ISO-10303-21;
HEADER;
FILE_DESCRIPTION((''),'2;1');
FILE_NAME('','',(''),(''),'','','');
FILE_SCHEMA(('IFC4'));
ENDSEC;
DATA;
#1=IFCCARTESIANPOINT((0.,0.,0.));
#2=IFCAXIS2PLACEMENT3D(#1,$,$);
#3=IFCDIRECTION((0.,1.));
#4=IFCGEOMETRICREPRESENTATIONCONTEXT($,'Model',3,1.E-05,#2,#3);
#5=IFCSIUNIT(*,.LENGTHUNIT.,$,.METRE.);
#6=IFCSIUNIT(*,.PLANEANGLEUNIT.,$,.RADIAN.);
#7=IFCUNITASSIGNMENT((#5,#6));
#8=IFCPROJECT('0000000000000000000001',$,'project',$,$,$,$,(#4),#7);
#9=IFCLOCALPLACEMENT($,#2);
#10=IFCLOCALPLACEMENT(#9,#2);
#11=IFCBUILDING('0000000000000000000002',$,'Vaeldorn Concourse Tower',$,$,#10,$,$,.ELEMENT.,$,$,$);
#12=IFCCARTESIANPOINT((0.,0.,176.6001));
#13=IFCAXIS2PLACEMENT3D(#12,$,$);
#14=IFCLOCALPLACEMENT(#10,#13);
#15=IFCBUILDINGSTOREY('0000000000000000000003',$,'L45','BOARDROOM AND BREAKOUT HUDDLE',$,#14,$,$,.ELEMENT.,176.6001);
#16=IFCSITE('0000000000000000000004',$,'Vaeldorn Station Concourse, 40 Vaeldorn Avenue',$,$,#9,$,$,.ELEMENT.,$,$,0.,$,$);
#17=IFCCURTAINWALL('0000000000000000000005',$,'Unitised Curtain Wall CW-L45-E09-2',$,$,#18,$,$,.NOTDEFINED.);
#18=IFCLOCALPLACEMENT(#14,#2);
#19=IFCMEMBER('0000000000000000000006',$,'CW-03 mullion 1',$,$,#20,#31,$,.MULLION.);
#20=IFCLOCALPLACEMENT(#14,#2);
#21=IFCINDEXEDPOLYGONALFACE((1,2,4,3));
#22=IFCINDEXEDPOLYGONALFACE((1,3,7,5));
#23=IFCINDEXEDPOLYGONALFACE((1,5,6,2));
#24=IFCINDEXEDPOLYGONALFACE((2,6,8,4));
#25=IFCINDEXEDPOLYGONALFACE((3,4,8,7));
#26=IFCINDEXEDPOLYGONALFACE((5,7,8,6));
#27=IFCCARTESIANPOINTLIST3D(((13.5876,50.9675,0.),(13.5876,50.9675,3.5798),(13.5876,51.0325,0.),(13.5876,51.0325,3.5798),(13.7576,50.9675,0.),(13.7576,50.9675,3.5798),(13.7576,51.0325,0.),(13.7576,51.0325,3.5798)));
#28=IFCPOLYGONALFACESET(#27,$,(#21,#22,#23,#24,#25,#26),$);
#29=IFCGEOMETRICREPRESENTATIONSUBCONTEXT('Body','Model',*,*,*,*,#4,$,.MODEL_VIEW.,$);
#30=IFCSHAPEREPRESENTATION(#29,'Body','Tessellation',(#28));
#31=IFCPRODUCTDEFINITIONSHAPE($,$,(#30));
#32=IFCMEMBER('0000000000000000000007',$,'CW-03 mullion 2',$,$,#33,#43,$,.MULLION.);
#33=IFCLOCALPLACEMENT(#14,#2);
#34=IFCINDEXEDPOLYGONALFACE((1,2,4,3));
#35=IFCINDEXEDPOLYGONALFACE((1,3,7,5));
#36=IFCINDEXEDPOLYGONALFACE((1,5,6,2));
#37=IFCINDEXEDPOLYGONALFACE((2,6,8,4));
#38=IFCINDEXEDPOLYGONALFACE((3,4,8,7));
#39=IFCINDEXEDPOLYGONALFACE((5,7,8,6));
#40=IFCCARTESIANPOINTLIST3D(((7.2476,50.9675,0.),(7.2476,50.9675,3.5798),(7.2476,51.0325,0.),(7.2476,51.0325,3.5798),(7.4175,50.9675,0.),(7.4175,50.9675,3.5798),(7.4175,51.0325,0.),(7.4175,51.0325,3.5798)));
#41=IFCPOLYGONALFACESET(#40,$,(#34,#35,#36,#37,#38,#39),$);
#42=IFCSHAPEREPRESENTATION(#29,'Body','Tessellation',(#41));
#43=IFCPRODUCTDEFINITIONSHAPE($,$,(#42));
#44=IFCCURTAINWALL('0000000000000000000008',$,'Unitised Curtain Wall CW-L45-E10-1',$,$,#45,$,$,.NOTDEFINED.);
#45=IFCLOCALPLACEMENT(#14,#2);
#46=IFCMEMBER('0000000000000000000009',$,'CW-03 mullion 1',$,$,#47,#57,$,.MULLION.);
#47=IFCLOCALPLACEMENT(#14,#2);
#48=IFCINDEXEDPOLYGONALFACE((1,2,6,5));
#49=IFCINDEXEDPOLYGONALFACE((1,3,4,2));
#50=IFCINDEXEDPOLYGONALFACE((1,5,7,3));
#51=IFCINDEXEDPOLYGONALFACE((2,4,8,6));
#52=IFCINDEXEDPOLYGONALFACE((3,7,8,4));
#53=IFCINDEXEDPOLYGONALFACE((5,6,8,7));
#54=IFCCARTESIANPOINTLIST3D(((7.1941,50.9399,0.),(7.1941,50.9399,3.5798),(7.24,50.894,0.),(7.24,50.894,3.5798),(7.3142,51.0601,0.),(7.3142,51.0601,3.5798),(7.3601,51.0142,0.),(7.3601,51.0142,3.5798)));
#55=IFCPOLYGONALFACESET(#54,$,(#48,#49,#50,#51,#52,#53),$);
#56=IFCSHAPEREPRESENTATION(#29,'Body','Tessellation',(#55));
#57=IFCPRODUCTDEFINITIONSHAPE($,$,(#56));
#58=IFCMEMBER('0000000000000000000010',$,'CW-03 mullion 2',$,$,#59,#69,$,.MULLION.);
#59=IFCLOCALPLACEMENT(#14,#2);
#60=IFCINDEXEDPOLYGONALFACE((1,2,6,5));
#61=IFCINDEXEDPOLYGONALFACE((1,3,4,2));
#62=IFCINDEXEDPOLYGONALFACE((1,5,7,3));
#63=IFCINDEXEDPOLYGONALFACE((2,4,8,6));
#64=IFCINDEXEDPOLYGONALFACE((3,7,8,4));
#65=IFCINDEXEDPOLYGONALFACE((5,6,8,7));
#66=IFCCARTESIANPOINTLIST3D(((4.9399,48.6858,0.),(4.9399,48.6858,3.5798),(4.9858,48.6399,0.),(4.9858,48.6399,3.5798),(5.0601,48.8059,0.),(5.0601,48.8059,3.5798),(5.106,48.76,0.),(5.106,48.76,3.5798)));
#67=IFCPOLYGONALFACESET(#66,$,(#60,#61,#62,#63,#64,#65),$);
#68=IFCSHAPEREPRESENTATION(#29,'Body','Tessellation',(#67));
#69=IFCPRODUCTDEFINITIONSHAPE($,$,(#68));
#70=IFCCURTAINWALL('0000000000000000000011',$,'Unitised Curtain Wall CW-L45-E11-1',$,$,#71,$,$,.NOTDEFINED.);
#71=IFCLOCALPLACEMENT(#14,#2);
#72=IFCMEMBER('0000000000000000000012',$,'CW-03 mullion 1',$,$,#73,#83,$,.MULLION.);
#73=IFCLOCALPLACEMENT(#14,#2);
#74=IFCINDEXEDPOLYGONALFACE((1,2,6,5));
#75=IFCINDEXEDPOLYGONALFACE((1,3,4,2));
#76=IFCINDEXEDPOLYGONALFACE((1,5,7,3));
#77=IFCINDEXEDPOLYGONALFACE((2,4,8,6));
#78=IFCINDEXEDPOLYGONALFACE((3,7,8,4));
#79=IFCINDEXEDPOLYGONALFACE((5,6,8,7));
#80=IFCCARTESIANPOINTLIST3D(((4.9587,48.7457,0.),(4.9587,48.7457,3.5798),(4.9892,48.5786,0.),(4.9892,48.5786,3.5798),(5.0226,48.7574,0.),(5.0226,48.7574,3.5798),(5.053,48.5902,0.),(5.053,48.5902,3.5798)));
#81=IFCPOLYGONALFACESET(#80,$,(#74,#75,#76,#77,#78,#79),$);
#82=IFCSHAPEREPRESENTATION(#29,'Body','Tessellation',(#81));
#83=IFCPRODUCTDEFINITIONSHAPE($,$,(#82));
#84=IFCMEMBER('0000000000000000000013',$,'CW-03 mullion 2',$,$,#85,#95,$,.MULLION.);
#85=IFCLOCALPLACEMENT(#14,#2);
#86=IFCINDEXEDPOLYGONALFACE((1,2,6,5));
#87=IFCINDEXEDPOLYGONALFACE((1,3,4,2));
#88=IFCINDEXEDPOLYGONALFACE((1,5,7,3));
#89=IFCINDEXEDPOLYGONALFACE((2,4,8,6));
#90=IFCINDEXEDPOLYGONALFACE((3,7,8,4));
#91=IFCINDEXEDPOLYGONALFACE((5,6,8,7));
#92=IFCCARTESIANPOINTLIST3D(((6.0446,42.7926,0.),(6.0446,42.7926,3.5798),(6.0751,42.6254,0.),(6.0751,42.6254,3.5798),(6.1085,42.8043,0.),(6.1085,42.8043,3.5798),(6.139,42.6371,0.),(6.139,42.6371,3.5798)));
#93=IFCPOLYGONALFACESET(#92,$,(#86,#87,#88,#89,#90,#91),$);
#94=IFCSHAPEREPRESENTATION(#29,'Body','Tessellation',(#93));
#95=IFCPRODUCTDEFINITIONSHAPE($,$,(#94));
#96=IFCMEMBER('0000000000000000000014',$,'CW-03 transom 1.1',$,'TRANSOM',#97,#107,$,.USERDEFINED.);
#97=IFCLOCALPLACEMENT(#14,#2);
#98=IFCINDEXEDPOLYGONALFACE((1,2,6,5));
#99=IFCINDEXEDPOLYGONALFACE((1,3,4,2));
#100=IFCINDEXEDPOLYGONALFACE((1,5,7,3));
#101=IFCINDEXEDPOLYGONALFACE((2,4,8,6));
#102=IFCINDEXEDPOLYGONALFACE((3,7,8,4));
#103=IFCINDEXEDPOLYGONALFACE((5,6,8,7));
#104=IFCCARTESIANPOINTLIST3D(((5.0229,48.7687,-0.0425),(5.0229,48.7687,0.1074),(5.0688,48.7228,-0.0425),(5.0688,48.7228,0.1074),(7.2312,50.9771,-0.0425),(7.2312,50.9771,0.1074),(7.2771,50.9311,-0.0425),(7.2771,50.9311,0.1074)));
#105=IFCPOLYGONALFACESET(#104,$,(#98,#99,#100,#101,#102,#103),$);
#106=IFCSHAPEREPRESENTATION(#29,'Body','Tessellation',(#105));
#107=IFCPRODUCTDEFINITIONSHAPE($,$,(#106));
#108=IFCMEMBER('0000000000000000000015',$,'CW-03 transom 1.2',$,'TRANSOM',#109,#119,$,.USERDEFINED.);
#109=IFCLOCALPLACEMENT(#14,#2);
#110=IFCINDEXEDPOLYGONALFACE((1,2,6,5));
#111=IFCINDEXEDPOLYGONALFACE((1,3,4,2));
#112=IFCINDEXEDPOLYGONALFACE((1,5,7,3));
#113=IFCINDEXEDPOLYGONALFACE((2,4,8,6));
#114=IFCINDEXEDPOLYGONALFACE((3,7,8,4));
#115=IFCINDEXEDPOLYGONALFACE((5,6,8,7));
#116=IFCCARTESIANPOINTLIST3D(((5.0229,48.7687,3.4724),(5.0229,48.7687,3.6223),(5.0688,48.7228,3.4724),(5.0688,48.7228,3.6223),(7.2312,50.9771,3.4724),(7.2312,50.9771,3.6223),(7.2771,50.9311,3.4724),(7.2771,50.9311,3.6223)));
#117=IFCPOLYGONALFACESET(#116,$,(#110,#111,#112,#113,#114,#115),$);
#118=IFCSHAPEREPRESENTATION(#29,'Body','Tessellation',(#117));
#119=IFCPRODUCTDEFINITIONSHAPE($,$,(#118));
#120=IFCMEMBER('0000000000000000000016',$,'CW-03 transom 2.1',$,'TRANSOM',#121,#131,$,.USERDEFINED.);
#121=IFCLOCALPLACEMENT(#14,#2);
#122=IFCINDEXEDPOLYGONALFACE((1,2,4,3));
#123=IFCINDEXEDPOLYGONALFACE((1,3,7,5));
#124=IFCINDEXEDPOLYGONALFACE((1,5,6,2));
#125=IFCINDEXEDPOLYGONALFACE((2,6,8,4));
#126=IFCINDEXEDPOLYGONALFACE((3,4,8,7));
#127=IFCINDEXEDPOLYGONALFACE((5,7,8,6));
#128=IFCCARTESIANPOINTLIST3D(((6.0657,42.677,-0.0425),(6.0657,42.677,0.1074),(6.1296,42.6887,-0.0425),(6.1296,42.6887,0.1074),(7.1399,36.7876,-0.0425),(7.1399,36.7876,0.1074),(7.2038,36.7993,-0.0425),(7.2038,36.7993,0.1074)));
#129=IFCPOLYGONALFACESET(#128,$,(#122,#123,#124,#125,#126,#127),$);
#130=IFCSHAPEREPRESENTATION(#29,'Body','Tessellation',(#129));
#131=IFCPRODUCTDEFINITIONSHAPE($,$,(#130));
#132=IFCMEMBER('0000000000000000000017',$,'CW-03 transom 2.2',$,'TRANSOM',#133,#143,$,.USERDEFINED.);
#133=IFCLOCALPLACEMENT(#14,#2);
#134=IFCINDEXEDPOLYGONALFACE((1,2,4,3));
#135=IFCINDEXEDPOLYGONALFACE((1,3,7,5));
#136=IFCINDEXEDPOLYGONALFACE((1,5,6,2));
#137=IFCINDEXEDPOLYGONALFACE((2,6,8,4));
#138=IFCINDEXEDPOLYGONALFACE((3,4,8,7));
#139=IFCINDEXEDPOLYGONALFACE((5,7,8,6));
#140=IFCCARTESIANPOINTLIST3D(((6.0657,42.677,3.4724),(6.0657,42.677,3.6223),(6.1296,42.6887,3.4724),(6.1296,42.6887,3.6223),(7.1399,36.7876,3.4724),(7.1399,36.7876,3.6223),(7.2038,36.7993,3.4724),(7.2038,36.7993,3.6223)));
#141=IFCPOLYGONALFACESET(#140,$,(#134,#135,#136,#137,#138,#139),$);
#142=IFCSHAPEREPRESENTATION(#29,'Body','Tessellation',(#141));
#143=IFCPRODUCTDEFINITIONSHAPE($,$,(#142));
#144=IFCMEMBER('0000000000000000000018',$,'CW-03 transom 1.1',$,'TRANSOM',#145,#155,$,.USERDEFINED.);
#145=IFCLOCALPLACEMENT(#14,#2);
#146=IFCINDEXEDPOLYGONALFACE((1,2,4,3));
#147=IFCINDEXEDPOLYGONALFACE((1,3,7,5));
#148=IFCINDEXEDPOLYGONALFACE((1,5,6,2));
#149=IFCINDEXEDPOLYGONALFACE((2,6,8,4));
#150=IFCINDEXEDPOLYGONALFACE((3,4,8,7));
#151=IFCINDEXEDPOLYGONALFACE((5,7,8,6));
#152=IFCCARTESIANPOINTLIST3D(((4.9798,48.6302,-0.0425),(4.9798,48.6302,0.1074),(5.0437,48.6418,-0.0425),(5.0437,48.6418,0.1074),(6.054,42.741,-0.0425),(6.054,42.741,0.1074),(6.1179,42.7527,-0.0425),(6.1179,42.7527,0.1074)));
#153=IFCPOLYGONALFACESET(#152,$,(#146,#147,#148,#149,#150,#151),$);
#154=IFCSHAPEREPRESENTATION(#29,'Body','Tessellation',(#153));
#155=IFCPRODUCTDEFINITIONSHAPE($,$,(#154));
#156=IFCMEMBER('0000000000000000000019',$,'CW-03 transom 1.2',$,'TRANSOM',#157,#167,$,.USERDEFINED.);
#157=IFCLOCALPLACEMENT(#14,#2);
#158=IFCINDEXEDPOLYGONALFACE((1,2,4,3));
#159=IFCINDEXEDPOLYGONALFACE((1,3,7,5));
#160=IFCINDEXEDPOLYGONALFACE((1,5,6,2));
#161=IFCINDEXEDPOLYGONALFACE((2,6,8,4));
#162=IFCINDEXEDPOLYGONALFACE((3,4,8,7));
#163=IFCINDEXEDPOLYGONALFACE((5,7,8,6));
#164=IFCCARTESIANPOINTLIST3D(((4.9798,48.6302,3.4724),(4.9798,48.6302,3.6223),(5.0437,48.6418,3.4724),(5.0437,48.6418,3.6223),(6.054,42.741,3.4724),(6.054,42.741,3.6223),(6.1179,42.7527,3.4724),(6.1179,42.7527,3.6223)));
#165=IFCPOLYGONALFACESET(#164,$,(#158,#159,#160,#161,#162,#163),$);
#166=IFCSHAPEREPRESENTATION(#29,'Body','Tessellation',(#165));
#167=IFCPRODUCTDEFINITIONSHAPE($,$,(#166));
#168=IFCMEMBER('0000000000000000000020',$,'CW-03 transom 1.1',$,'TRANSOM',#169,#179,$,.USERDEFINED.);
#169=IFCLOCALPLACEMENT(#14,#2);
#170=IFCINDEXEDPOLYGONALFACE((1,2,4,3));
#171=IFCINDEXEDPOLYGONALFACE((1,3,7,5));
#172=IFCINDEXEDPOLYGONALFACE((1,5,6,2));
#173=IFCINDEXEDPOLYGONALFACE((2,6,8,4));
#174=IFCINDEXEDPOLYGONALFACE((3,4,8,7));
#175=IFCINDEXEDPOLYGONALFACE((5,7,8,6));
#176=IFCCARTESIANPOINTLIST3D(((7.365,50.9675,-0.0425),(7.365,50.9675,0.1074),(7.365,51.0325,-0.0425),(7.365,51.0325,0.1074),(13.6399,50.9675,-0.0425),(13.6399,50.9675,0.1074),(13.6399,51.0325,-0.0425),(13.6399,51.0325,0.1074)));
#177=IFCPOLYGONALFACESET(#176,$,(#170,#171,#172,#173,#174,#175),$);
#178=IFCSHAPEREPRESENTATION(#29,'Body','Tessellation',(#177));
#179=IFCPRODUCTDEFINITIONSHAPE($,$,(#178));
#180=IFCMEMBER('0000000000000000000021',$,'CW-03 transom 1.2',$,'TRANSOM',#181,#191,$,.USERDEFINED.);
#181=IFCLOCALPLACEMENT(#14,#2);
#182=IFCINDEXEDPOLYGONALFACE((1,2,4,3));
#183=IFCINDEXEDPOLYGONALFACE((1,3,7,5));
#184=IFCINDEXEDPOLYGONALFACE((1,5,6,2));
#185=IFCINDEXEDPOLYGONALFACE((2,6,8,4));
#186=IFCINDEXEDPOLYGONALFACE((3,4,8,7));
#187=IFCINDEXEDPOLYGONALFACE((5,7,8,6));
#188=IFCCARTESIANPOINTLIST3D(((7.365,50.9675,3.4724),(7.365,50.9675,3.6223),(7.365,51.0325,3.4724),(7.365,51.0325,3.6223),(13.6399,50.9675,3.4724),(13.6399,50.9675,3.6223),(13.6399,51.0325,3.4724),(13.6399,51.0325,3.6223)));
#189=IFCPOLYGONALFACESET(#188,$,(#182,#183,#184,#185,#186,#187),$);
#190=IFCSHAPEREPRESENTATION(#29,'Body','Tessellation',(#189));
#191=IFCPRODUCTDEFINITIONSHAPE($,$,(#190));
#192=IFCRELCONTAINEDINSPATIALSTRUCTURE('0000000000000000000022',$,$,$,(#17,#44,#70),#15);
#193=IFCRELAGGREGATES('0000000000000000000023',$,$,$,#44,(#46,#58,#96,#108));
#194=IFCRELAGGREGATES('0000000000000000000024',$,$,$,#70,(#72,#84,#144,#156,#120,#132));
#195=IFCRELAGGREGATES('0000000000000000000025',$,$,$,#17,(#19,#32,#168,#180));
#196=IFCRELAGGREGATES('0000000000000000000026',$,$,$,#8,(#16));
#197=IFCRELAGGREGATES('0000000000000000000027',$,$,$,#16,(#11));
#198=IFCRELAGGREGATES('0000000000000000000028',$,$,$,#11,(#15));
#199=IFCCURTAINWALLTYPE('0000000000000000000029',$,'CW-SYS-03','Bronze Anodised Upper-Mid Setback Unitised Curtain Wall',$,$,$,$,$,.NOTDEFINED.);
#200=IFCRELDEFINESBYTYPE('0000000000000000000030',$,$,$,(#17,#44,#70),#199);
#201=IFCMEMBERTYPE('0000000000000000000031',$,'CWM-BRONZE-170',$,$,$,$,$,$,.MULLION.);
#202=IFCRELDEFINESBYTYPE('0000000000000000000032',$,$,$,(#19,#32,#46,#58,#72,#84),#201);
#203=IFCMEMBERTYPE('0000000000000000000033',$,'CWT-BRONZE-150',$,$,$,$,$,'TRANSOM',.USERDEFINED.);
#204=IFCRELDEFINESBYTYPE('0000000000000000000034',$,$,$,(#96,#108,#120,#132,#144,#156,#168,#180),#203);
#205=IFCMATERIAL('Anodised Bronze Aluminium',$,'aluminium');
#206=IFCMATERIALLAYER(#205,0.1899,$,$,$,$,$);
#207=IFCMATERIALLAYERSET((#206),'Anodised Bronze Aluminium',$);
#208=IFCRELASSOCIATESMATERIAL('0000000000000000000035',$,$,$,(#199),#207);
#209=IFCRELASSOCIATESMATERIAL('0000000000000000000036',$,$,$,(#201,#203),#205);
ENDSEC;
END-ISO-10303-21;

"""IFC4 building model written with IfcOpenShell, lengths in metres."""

from ifc_helpers import new_model, si_unit, direction, frame, origin, origin_2d, place, context, subcontext, project, spatial, rectangle, extrude, source, transform, mapped, material, layer, layer_set, material_profile, profile_set, type_object, element, aggregate, save


model = new_model("IFC4")

# Units and contexts
model_context = context("Model", 3, precision=1e-05, world=origin(), true_north=direction((0.0, 1.0)))
body_context = subcontext(model_context, "Body", "Model", "MODEL_VIEW")
ifc_project = project(units=[si_unit("LENGTHUNIT", "METRE"), si_unit("PLANEANGLEUNIT", "RADIAN")], contexts=[model_context])

# Site, building, storey
site_placement = place(None, origin())
site = spatial("IfcSite", under=ifc_project, at=site_placement, Name="Vaeldorn Station Concourse, 40 Vaeldorn Avenue", CompositionType="ELEMENT", RefElevation=0.0)
building_placement = place(site_placement, origin())
building = spatial("IfcBuilding", under=site, at=building_placement, Name="Vaeldorn Concourse Tower", CompositionType="ELEMENT")
storey_placement = place(building_placement, frame((0.0, 0.0, 176.6001)))
storey = spatial("IfcBuildingStorey", under=building, at=storey_placement, Name="L45", Description="BOARDROOM AND BREAKOUT HUDDLE", CompositionType="ELEMENT", Elevation=176.6001)

# Curtain walls, members
ifc_material_1 = material(Name="Anodised Bronze Aluminium", Category="aluminium")
ifc_layer_1 = layer(ifc_material_1, 0.1899)
ifc_layer_set_1 = layer_set([ifc_layer_1], Name="Anodised Bronze Aluminium")
curtain_wall_type = type_object("IfcCurtainWallType", Name="CW-SYS-03", Description="Bronze Anodised Upper-Mid Setback Unitised Curtain Wall", PredefinedType="NOTDEFINED", material=ifc_layer_set_1)
curtain_wall_1_placement = place(storey_placement, origin())
curtain_wall_1 = element("IfcCurtainWall", 1, at=curtain_wall_1_placement, inside=storey, type_object=curtain_wall_type, Name="Unitised Curtain Wall CW-L45-E09-2", PredefinedType="NOTDEFINED")
ifc_material_profile_1 = material_profile(ifc_material_1, rectangle(XDim=0.0649, YDim=0.1699, at=origin_2d()), Name="CWM 65x170")
ifc_profile_set_1 = profile_set([ifc_material_profile_1], Name="Anodised Bronze Aluminium")
member_type_1 = type_object("IfcMemberType", Name="CWM-BRONZE-170", PredefinedType="MULLION", material=ifc_profile_set_1)
shared_shape_1 = source(origin(), body_context, "Body", "SweptSolid", [
    extrude(rectangle(XDim=0.0649, YDim=0.1699, at=origin_2d()), origin(), (0.0, 0.0, 1.0), 3.5798),
])
member_1_placement = place(storey_placement, frame((13.6726, 51.0, 0.0), z_axis=(0.0, 0.0, 1.0), x_axis=(0.0, -1.0, 0.0)))
member_1 = element("IfcMember", 2, at=member_1_placement, type_object=member_type_1, Name="CW-03 mullion 1", PredefinedType="MULLION", context=body_context, shape_type="MappedRepresentation", body=[
    mapped(shared_shape_1, transform((0.0, 0.0, 0.0), scale=1.0)),
])
member_2_placement = place(storey_placement, frame((7.3325, 51.0, 0.0), z_axis=(0.0, 0.0, 1.0), x_axis=(0.0, -1.0, 0.0)))
member_2 = element("IfcMember", 3, at=member_2_placement, type_object=member_type_1, Name="CW-03 mullion 2", PredefinedType="MULLION", context=body_context, shape_type="MappedRepresentation", body=[
    mapped(shared_shape_1, transform((0.0, 0.0, 0.0), scale=1.0)),
])
curtain_wall_2_placement = place(storey_placement, origin())
curtain_wall_2 = element("IfcCurtainWall", 4, at=curtain_wall_2_placement, inside=storey, type_object=curtain_wall_type, Name="Unitised Curtain Wall CW-L45-E10-1", PredefinedType="NOTDEFINED")
member_3_placement = place(storey_placement, frame((7.2771, 50.9771, 0.0), z_axis=(0.0, 0.0, 1.0), x_axis=(0.707107, -0.707107, 0.0)))
member_3 = element("IfcMember", 5, at=member_3_placement, type_object=member_type_1, Name="CW-03 mullion 1", PredefinedType="MULLION", context=body_context, shape_type="MappedRepresentation", body=[
    mapped(shared_shape_1, transform((0.0, 0.0, 0.0), scale=1.0)),
])
member_4_placement = place(storey_placement, frame((5.0229, 48.7229, 0.0), z_axis=(0.0, 0.0, 1.0), x_axis=(0.707107, -0.707107, 0.0)))
member_4 = element("IfcMember", 6, at=member_4_placement, type_object=member_type_1, Name="CW-03 mullion 2", PredefinedType="MULLION", context=body_context, shape_type="MappedRepresentation", body=[
    mapped(shared_shape_1, transform((0.0, 0.0, 0.0), scale=1.0)),
])
curtain_wall_3_placement = place(storey_placement, origin())
curtain_wall_3 = element("IfcCurtainWall", 7, at=curtain_wall_3_placement, inside=storey, type_object=curtain_wall_type, Name="Unitised Curtain Wall CW-L45-E11-1", PredefinedType="NOTDEFINED")
member_5_placement = place(storey_placement, frame((5.0059, 48.668, 0.0), z_axis=(0.0, 0.0, 1.0), x_axis=(0.983768, 0.179447, 0.0)))
member_5 = element("IfcMember", 8, at=member_5_placement, type_object=member_type_1, Name="CW-03 mullion 1", PredefinedType="MULLION", context=body_context, shape_type="MappedRepresentation", body=[
    mapped(shared_shape_1, transform((0.0, 0.0, 0.0), scale=1.0)),
])
member_6_placement = place(storey_placement, frame((6.0918, 42.7148, 0.0), z_axis=(0.0, 0.0, 1.0), x_axis=(0.983768, 0.179447, 0.0)))
member_6 = element("IfcMember", 9, at=member_6_placement, type_object=member_type_1, Name="CW-03 mullion 2", PredefinedType="MULLION", context=body_context, shape_type="MappedRepresentation", body=[
    mapped(shared_shape_1, transform((0.0, 0.0, 0.0), scale=1.0)),
])

# Members
ifc_material_profile_2 = material_profile(ifc_material_1, rectangle(XDim=0.0649, YDim=0.1499, at=origin_2d()), Name="CWT 65x150")
ifc_profile_set_2 = profile_set([ifc_material_profile_2], Name="Anodised Bronze Aluminium")
member_type_2 = type_object("IfcMemberType", Name="CWT-BRONZE-150", ElementType="TRANSOM", PredefinedType="USERDEFINED", material=ifc_profile_set_2)
shared_shape_2 = source(origin(), body_context, "Body", "SweptSolid", [
    extrude(rectangle(XDim=0.0649, YDim=0.1499, at=origin_2d()), origin(), (0.0, 0.0, 1.0), 3.123),
])
member_7_placement = place(storey_placement, frame((7.2542, 50.9541, 0.0325), z_axis=(-0.707107, -0.707107, 0.0), x_axis=(0.707107, -0.707107, 0.0)))
member_7 = element("IfcMember", 10, at=member_7_placement, type_object=member_type_2, Name="CW-03 transom 1.1", ObjectType="TRANSOM", PredefinedType="USERDEFINED", context=body_context, shape_type="MappedRepresentation", body=[
    mapped(shared_shape_2, transform((0.0, 0.0, 0.0), scale=1.0)),
])
member_8_placement = place(storey_placement, frame((7.2542, 50.9541, 3.5474), z_axis=(-0.707107, -0.707107, 0.0), x_axis=(0.707107, -0.707107, 0.0)))
member_8 = element("IfcMember", 11, at=member_8_placement, type_object=member_type_2, Name="CW-03 transom 1.2", ObjectType="TRANSOM", PredefinedType="USERDEFINED", context=body_context, shape_type="MappedRepresentation", body=[
    mapped(shared_shape_2, transform((0.0, 0.0, 0.0), scale=1.0)),
])
shared_shape_3 = source(origin(), body_context, "Body", "SweptSolid", [
    extrude(rectangle(XDim=0.0649, YDim=0.1499, at=origin_2d()), origin(), (0.0, 0.0, 1.0), 5.9866),
])
member_9_placement = place(storey_placement, frame((6.0977, 42.6829, 0.0325), z_axis=(0.179438, -0.983769, 0.0), x_axis=(0.983769, 0.179438, 0.0)))
member_9 = element("IfcMember", 12, at=member_9_placement, type_object=member_type_2, Name="CW-03 transom 2.1", ObjectType="TRANSOM", PredefinedType="USERDEFINED", context=body_context, shape_type="MappedRepresentation", body=[
    mapped(shared_shape_3, transform((0.0, 0.0, 0.0), scale=1.0)),
])
member_10_placement = place(storey_placement, frame((6.0977, 42.6829, 3.5474), z_axis=(0.179438, -0.983769, 0.0), x_axis=(0.983769, 0.179438, 0.0)))
member_10 = element("IfcMember", 13, at=member_10_placement, type_object=member_type_2, Name="CW-03 transom 2.2", ObjectType="TRANSOM", PredefinedType="USERDEFINED", context=body_context, shape_type="MappedRepresentation", body=[
    mapped(shared_shape_3, transform((0.0, 0.0, 0.0), scale=1.0)),
])
shared_shape_4 = source(origin(), body_context, "Body", "SweptSolid", [
    extrude(rectangle(XDim=0.0649, YDim=0.1499, at=origin_2d()), origin(), (0.0, 0.0, 1.0), 5.9863),
])
member_11_placement = place(storey_placement, frame((5.0117, 48.636, 0.0325), z_axis=(0.179445, -0.983768, 0.0), x_axis=(0.983768, 0.179445, 0.0)))
member_11 = element("IfcMember", 14, at=member_11_placement, type_object=member_type_2, Name="CW-03 transom 1.1", ObjectType="TRANSOM", PredefinedType="USERDEFINED", context=body_context, shape_type="MappedRepresentation", body=[
    mapped(shared_shape_4, transform((0.0, 0.0, 0.0), scale=1.0)),
])
member_12_placement = place(storey_placement, frame((5.0117, 48.636, 3.5474), z_axis=(0.179445, -0.983768, 0.0), x_axis=(0.983768, 0.179445, 0.0)))
member_12 = element("IfcMember", 15, at=member_12_placement, type_object=member_type_2, Name="CW-03 transom 1.2", ObjectType="TRANSOM", PredefinedType="USERDEFINED", context=body_context, shape_type="MappedRepresentation", body=[
    mapped(shared_shape_4, transform((0.0, 0.0, 0.0), scale=1.0)),
])
shared_shape_5 = source(origin(), body_context, "Body", "SweptSolid", [
    extrude(rectangle(XDim=0.0649, YDim=0.1499, at=origin_2d()), origin(), (0.0, 0.0, 1.0), 6.2749),
])
member_13_placement = place(storey_placement, frame((13.6399, 51.0, 0.0325), z_axis=(-1.0, 0.0, 0.0), x_axis=(0.0, -1.0, 0.0)))
member_13 = element("IfcMember", 16, at=member_13_placement, type_object=member_type_2, Name="CW-03 transom 1.1", ObjectType="TRANSOM", PredefinedType="USERDEFINED", context=body_context, shape_type="MappedRepresentation", body=[
    mapped(shared_shape_5, transform((0.0, 0.0, 0.0), scale=1.0)),
])
member_14_placement = place(storey_placement, frame((13.6399, 51.0, 3.5474), z_axis=(-1.0, 0.0, 0.0), x_axis=(0.0, -1.0, 0.0)))
member_14 = element("IfcMember", 17, at=member_14_placement, type_object=member_type_2, Name="CW-03 transom 1.2", ObjectType="TRANSOM", PredefinedType="USERDEFINED", context=body_context, shape_type="MappedRepresentation", body=[
    mapped(shared_shape_5, transform((0.0, 0.0, 0.0), scale=1.0)),
])

aggregate(curtain_wall_2, [member_3, member_4, member_7, member_8])
aggregate(curtain_wall_3, [member_5, member_6, member_11, member_12, member_9, member_10])
aggregate(curtain_wall_1, [member_1, member_2, member_13, member_14])

save(model, "model.ifc")
